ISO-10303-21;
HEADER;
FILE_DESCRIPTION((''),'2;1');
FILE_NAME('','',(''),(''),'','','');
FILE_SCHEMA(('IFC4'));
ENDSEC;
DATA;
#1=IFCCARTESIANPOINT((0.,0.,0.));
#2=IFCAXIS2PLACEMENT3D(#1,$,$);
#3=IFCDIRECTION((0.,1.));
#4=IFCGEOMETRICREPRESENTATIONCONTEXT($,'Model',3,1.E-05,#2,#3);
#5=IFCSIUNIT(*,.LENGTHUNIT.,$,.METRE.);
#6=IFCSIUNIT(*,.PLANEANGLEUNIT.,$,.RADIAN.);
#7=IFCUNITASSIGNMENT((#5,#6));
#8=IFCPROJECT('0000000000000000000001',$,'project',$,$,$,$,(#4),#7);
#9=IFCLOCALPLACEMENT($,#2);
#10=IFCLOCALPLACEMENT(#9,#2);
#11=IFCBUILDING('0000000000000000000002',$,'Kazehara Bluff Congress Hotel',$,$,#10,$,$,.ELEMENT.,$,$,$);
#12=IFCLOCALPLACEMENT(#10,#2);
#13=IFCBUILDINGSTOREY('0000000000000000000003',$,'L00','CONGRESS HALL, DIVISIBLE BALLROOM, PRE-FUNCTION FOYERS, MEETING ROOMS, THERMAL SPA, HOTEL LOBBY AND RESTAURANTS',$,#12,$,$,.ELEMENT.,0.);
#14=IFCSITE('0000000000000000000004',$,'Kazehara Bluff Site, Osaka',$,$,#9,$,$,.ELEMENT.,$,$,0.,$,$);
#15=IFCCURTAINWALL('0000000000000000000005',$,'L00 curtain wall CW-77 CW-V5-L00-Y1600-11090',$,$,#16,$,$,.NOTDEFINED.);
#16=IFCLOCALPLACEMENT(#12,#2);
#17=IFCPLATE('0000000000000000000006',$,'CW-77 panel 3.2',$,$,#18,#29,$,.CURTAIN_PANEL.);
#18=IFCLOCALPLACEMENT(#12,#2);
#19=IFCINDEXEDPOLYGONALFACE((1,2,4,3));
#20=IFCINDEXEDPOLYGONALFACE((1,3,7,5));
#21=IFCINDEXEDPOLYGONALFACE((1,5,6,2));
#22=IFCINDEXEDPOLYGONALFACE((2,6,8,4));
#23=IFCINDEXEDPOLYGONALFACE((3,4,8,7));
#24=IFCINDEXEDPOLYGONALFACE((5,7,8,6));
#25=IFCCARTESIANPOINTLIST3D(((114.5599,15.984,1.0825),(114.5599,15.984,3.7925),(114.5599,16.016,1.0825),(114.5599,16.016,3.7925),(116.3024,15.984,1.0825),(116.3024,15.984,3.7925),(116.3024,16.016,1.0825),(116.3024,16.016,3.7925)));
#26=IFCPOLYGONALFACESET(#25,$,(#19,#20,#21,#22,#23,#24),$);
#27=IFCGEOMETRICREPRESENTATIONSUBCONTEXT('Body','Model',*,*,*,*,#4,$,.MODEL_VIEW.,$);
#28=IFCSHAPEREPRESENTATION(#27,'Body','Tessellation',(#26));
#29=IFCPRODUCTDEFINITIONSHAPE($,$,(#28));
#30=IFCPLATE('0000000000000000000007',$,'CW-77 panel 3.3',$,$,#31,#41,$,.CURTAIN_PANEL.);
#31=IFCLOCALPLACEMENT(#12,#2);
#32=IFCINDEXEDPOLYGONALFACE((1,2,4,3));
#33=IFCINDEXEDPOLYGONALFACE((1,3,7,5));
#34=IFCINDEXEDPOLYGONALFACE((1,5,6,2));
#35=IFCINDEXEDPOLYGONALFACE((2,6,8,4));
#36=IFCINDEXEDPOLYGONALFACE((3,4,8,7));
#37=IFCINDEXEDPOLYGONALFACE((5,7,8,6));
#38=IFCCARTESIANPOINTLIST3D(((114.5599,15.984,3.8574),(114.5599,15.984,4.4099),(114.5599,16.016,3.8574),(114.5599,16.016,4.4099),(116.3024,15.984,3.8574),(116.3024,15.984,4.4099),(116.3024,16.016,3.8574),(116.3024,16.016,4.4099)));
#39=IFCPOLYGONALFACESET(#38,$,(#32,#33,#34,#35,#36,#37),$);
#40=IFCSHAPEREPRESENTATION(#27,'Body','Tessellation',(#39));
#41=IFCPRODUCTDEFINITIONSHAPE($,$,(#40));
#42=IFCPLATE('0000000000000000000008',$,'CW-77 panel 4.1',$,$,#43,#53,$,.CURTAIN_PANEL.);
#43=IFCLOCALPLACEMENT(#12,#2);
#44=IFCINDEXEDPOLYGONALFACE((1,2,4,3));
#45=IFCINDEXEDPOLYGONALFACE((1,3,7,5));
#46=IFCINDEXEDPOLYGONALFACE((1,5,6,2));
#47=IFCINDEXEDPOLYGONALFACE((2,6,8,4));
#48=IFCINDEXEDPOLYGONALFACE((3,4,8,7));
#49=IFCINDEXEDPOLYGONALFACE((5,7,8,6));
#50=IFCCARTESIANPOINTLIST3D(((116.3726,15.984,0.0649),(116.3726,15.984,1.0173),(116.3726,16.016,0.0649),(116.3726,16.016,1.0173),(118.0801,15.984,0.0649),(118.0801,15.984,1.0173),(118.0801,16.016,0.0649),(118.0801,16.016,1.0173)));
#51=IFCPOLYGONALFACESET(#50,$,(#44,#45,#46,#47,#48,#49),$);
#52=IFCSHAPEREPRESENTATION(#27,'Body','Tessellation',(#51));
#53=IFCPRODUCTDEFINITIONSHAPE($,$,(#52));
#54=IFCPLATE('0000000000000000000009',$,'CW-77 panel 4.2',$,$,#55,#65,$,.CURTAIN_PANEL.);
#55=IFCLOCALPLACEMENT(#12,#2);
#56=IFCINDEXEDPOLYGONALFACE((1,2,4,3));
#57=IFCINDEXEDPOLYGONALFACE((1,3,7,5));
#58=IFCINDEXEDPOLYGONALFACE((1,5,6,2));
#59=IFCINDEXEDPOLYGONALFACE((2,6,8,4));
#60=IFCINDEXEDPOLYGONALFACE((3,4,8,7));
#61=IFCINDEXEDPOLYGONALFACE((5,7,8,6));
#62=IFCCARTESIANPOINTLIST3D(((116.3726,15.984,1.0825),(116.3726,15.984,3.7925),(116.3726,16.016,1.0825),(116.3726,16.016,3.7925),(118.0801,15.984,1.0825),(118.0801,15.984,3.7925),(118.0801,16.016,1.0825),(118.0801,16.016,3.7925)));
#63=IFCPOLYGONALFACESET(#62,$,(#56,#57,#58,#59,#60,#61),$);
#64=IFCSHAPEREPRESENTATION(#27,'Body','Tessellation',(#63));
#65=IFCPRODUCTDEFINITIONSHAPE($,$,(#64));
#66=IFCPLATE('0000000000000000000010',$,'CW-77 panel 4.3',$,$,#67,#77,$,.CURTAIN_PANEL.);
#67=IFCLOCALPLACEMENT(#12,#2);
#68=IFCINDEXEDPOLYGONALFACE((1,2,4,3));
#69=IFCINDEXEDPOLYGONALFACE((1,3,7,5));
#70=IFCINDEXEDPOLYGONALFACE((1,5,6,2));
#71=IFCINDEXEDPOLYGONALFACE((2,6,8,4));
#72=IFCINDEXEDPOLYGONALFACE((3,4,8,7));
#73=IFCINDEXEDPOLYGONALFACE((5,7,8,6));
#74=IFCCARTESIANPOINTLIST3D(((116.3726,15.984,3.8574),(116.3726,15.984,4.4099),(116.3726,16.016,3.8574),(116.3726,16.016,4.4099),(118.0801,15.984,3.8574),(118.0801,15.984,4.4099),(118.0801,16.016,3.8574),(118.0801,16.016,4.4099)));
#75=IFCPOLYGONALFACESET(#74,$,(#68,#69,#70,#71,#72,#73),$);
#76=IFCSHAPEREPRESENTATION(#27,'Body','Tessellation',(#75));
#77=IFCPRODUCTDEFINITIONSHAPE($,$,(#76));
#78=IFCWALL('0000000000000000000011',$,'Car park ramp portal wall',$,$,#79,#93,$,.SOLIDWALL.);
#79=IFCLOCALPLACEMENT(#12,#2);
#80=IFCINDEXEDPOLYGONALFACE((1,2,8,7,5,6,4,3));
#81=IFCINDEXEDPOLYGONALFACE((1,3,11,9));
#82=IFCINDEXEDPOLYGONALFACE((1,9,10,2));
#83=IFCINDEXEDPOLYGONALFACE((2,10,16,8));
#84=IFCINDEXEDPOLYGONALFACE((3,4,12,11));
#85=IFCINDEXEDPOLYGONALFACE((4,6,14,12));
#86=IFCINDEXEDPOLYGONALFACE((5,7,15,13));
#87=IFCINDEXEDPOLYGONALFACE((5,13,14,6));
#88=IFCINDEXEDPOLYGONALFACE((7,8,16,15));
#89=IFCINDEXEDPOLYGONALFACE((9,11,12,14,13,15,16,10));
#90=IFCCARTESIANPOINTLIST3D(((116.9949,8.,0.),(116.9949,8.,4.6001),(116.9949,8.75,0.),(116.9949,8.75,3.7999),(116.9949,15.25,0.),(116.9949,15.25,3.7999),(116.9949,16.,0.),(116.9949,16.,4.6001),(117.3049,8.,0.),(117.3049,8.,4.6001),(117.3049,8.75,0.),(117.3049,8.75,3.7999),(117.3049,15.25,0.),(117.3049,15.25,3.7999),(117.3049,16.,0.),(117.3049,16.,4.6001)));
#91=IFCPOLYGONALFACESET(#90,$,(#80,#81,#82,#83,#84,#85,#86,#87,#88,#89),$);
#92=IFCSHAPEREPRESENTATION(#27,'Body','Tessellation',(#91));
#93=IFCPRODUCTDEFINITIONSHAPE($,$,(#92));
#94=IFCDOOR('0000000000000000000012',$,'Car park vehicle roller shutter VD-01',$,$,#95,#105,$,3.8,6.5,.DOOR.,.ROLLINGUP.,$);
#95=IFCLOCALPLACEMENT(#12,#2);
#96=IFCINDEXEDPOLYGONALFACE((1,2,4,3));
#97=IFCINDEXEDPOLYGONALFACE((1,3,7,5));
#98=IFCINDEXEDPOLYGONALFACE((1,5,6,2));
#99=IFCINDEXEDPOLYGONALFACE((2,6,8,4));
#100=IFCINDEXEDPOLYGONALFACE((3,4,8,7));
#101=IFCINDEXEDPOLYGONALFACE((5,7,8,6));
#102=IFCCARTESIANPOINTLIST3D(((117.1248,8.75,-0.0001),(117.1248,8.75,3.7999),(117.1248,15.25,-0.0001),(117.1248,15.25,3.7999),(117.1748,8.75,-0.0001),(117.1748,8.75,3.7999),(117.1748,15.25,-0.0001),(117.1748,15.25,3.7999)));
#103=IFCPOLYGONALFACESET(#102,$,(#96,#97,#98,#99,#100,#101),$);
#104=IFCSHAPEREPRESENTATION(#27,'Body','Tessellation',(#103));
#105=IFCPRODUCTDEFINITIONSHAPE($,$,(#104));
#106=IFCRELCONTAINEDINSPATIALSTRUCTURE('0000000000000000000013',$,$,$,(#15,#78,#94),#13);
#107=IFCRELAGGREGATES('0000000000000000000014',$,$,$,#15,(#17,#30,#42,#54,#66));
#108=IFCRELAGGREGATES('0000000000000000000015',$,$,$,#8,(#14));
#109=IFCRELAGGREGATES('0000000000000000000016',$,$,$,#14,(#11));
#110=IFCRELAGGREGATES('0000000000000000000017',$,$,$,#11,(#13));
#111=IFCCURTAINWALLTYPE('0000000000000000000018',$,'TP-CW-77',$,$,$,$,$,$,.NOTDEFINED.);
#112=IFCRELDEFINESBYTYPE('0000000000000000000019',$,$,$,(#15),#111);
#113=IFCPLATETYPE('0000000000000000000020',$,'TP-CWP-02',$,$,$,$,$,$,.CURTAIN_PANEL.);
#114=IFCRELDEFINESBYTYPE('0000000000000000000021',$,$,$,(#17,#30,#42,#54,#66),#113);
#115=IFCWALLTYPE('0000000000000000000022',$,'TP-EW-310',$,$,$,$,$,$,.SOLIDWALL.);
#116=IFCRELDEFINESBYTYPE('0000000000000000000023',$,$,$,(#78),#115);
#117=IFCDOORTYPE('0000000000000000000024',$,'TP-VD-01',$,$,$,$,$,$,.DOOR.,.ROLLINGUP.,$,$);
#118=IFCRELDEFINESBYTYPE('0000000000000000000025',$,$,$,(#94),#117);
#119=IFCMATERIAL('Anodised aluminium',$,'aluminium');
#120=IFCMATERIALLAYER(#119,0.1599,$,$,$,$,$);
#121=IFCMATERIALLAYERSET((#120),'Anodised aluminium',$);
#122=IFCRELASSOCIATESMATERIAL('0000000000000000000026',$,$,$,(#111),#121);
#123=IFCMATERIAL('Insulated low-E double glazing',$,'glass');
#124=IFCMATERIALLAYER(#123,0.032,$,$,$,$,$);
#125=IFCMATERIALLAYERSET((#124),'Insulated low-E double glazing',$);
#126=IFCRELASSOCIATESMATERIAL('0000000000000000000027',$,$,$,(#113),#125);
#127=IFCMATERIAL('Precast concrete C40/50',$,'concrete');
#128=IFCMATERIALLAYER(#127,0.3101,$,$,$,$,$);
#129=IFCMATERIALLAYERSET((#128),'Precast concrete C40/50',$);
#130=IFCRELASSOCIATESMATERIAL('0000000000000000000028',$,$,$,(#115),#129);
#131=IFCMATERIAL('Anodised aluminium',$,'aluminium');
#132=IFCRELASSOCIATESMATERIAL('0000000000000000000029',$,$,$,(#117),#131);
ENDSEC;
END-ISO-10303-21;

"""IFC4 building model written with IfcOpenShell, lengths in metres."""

from ifc_helpers import new_model, si_unit, direction, frame, frame_2d, origin, origin_2d, place, context, subcontext, project, spatial, rectangle, extrude, material, layer, layer_set, type_object, element, fill, aggregate, save


model = new_model("IFC4")

# Units and contexts
model_context = context("Model", 3, precision=1e-05, world=origin(), true_north=direction((0.0, 1.0)))
body_context = subcontext(model_context, "Body", "Model", "MODEL_VIEW")
ifc_project = project(units=[si_unit("LENGTHUNIT", "METRE"), si_unit("PLANEANGLEUNIT", "RADIAN")], contexts=[model_context])

# Site, building, storey
site_placement = place(None, origin())
site = spatial("IfcSite", under=ifc_project, at=site_placement, Name="Kazehara Bluff Site, Osaka", CompositionType="ELEMENT", RefElevation=0.0)
building_placement = place(site_placement, origin())
building = spatial("IfcBuilding", under=site, at=building_placement, Name="Kazehara Bluff Congress Hotel", CompositionType="ELEMENT")
storey_placement = place(building_placement, origin())
storey = spatial("IfcBuildingStorey", under=building, at=storey_placement, Name="L00", Description="CONGRESS HALL, DIVISIBLE BALLROOM, PRE-FUNCTION FOYERS, MEETING ROOMS, THERMAL SPA, HOTEL LOBBY AND RESTAURANTS", CompositionType="ELEMENT", Elevation=0.0)

# Curtain wall
ifc_material_1 = material(Name="Anodised aluminium", Category="aluminium")
ifc_layer_1 = layer(ifc_material_1, 0.1599)
ifc_layer_set_1 = layer_set([ifc_layer_1], Name="Anodised aluminium")
curtain_wall_type = type_object("IfcCurtainWallType", Name="TP-CW-77", PredefinedType="NOTDEFINED", material=ifc_layer_set_1)
curtain_wall_placement = place(storey_placement, origin())
curtain_wall = element("IfcCurtainWall", 1, at=curtain_wall_placement, inside=storey, type_object=curtain_wall_type, Name="L00 curtain wall CW-77 CW-V5-L00-Y1600-11090", PredefinedType="NOTDEFINED")

# Plates
ifc_material_2 = material(Name="Insulated low-E double glazing", Category="glass")
ifc_layer_2 = layer(ifc_material_2, 0.032)
ifc_layer_set_2 = layer_set([ifc_layer_2], Name="Insulated low-E double glazing")
plate_type = type_object("IfcPlateType", Name="TP-CWP-02", PredefinedType="CURTAIN_PANEL", material=ifc_layer_set_2)
plate_1_placement = place(storey_placement, frame((115.4312, 16.0, 1.0825), z_axis=(0.0, 0.0, 1.0), x_axis=(1.0, 0.0, 0.0)))
plate_1 = element("IfcPlate", 2, at=plate_1_placement, type_object=plate_type, Name="CW-77 panel 3.2", PredefinedType="CURTAIN_PANEL", context=body_context, shape_type="SweptSolid", body=[
    extrude(rectangle(XDim=1.7424, YDim=0.032, at=origin_2d()), origin(), (0.0, 0.0, 1.0), 2.71),
])
plate_2_placement = place(storey_placement, frame((115.4312, 16.0, 3.8574), z_axis=(0.0, 0.0, 1.0), x_axis=(1.0, 0.0, 0.0)))
plate_2 = element("IfcPlate", 3, at=plate_2_placement, type_object=plate_type, Name="CW-77 panel 3.3", PredefinedType="CURTAIN_PANEL", context=body_context, shape_type="SweptSolid", body=[
    extrude(rectangle(XDim=1.7424, YDim=0.032, at=origin_2d()), origin(), (0.0, 0.0, 1.0), 0.5525),
])
plate_3_placement = place(storey_placement, frame((117.2263, 16.0, 0.0649), z_axis=(0.0, 0.0, 1.0), x_axis=(1.0, 0.0, 0.0)))
plate_3 = element("IfcPlate", 4, at=plate_3_placement, type_object=plate_type, Name="CW-77 panel 4.1", PredefinedType="CURTAIN_PANEL", context=body_context, shape_type="SweptSolid", body=[
    extrude(rectangle(XDim=1.7075, YDim=0.032, at=origin_2d()), origin(), (0.0, 0.0, 1.0), 0.9524),
])
plate_4_placement = place(storey_placement, frame((117.2263, 16.0, 1.0825), z_axis=(0.0, 0.0, 1.0), x_axis=(1.0, 0.0, 0.0)))
plate_4 = element("IfcPlate", 5, at=plate_4_placement, type_object=plate_type, Name="CW-77 panel 4.2", PredefinedType="CURTAIN_PANEL", context=body_context, shape_type="SweptSolid", body=[
    extrude(rectangle(XDim=1.7075, YDim=0.032, at=origin_2d()), origin(), (0.0, 0.0, 1.0), 2.71),
])
plate_5_placement = place(storey_placement, frame((117.2263, 16.0, 3.8574), z_axis=(0.0, 0.0, 1.0), x_axis=(1.0, 0.0, 0.0)))
plate_5 = element("IfcPlate", 6, at=plate_5_placement, type_object=plate_type, Name="CW-77 panel 4.3", PredefinedType="CURTAIN_PANEL", context=body_context, shape_type="SweptSolid", body=[
    extrude(rectangle(XDim=1.7075, YDim=0.032, at=origin_2d()), origin(), (0.0, 0.0, 1.0), 0.5525),
])
aggregate(curtain_wall, [plate_1, plate_2, plate_3, plate_4, plate_5])

# Wall, opening, door
ifc_material_3 = material(Name="Precast concrete C40/50", Category="concrete")
ifc_layer_3 = layer(ifc_material_3, 0.3101)
ifc_layer_set_3 = layer_set([ifc_layer_3], Name="Precast concrete C40/50")
wall_type = type_object("IfcWallType", Name="TP-EW-310", PredefinedType="SOLIDWALL", material=ifc_layer_set_3)
wall_placement = place(storey_placement, frame((117.1499, 16.0, 0.0), z_axis=(0.0, 0.0, 1.0), x_axis=(0.0, -1.0, 0.0)))
wall = element("IfcWall", 7, at=wall_placement, inside=storey, type_object=wall_type, Name="Car park ramp portal wall", PredefinedType="SOLIDWALL", context=body_context, shape_type="SweptSolid", body=[
    extrude(rectangle(XDim=8.0, YDim=0.3101, at=frame_2d((4.0, 0.0))), origin(), (0.0, 0.0, 1.0), 4.6001),
])
opening_placement = place(wall_placement, frame((0.75, 0.0, 0.0)))
opening = element("IfcOpeningElement", 8, at=opening_placement, cuts=wall, PredefinedType="OPENING", context=body_context, shape_type="SweptSolid", body=[
    extrude(rectangle(XDim=6.5, YDim=3.8, at=frame_2d((3.25, 1.8999))), frame((0.0, 0.165, 0.0), z_axis=(0.0, -1.0, 0.0), x_axis=(1.0, 0.0, 0.0)), (0.0, 0.0, 1.0), 0.3301),
])
ifc_material_4 = material(Name="Anodised aluminium", Category="aluminium")
door_type = type_object("IfcDoorType", Name="TP-VD-01", OperationType="ROLLINGUP", PredefinedType="DOOR", material=ifc_material_4)
door_placement = place(opening_placement, origin())
door = element("IfcDoor", 9, at=door_placement, inside=storey, type_object=door_type, Name="Car park vehicle roller shutter VD-01", OperationType="ROLLINGUP", OverallHeight=3.8, OverallWidth=6.5, PredefinedType="DOOR", context=body_context, shape_type="SweptSolid", body=[
    extrude(rectangle(XDim=6.5, YDim=3.8, at=frame_2d((3.25, 1.8999))), frame((0.0, 0.0249, 0.0), z_axis=(0.0, -1.0, 0.0), x_axis=(1.0, 0.0, 0.0)), (0.0, 0.0, 1.0), 0.05),
])
fill(opening, door)

save(model, "model.ifc")
